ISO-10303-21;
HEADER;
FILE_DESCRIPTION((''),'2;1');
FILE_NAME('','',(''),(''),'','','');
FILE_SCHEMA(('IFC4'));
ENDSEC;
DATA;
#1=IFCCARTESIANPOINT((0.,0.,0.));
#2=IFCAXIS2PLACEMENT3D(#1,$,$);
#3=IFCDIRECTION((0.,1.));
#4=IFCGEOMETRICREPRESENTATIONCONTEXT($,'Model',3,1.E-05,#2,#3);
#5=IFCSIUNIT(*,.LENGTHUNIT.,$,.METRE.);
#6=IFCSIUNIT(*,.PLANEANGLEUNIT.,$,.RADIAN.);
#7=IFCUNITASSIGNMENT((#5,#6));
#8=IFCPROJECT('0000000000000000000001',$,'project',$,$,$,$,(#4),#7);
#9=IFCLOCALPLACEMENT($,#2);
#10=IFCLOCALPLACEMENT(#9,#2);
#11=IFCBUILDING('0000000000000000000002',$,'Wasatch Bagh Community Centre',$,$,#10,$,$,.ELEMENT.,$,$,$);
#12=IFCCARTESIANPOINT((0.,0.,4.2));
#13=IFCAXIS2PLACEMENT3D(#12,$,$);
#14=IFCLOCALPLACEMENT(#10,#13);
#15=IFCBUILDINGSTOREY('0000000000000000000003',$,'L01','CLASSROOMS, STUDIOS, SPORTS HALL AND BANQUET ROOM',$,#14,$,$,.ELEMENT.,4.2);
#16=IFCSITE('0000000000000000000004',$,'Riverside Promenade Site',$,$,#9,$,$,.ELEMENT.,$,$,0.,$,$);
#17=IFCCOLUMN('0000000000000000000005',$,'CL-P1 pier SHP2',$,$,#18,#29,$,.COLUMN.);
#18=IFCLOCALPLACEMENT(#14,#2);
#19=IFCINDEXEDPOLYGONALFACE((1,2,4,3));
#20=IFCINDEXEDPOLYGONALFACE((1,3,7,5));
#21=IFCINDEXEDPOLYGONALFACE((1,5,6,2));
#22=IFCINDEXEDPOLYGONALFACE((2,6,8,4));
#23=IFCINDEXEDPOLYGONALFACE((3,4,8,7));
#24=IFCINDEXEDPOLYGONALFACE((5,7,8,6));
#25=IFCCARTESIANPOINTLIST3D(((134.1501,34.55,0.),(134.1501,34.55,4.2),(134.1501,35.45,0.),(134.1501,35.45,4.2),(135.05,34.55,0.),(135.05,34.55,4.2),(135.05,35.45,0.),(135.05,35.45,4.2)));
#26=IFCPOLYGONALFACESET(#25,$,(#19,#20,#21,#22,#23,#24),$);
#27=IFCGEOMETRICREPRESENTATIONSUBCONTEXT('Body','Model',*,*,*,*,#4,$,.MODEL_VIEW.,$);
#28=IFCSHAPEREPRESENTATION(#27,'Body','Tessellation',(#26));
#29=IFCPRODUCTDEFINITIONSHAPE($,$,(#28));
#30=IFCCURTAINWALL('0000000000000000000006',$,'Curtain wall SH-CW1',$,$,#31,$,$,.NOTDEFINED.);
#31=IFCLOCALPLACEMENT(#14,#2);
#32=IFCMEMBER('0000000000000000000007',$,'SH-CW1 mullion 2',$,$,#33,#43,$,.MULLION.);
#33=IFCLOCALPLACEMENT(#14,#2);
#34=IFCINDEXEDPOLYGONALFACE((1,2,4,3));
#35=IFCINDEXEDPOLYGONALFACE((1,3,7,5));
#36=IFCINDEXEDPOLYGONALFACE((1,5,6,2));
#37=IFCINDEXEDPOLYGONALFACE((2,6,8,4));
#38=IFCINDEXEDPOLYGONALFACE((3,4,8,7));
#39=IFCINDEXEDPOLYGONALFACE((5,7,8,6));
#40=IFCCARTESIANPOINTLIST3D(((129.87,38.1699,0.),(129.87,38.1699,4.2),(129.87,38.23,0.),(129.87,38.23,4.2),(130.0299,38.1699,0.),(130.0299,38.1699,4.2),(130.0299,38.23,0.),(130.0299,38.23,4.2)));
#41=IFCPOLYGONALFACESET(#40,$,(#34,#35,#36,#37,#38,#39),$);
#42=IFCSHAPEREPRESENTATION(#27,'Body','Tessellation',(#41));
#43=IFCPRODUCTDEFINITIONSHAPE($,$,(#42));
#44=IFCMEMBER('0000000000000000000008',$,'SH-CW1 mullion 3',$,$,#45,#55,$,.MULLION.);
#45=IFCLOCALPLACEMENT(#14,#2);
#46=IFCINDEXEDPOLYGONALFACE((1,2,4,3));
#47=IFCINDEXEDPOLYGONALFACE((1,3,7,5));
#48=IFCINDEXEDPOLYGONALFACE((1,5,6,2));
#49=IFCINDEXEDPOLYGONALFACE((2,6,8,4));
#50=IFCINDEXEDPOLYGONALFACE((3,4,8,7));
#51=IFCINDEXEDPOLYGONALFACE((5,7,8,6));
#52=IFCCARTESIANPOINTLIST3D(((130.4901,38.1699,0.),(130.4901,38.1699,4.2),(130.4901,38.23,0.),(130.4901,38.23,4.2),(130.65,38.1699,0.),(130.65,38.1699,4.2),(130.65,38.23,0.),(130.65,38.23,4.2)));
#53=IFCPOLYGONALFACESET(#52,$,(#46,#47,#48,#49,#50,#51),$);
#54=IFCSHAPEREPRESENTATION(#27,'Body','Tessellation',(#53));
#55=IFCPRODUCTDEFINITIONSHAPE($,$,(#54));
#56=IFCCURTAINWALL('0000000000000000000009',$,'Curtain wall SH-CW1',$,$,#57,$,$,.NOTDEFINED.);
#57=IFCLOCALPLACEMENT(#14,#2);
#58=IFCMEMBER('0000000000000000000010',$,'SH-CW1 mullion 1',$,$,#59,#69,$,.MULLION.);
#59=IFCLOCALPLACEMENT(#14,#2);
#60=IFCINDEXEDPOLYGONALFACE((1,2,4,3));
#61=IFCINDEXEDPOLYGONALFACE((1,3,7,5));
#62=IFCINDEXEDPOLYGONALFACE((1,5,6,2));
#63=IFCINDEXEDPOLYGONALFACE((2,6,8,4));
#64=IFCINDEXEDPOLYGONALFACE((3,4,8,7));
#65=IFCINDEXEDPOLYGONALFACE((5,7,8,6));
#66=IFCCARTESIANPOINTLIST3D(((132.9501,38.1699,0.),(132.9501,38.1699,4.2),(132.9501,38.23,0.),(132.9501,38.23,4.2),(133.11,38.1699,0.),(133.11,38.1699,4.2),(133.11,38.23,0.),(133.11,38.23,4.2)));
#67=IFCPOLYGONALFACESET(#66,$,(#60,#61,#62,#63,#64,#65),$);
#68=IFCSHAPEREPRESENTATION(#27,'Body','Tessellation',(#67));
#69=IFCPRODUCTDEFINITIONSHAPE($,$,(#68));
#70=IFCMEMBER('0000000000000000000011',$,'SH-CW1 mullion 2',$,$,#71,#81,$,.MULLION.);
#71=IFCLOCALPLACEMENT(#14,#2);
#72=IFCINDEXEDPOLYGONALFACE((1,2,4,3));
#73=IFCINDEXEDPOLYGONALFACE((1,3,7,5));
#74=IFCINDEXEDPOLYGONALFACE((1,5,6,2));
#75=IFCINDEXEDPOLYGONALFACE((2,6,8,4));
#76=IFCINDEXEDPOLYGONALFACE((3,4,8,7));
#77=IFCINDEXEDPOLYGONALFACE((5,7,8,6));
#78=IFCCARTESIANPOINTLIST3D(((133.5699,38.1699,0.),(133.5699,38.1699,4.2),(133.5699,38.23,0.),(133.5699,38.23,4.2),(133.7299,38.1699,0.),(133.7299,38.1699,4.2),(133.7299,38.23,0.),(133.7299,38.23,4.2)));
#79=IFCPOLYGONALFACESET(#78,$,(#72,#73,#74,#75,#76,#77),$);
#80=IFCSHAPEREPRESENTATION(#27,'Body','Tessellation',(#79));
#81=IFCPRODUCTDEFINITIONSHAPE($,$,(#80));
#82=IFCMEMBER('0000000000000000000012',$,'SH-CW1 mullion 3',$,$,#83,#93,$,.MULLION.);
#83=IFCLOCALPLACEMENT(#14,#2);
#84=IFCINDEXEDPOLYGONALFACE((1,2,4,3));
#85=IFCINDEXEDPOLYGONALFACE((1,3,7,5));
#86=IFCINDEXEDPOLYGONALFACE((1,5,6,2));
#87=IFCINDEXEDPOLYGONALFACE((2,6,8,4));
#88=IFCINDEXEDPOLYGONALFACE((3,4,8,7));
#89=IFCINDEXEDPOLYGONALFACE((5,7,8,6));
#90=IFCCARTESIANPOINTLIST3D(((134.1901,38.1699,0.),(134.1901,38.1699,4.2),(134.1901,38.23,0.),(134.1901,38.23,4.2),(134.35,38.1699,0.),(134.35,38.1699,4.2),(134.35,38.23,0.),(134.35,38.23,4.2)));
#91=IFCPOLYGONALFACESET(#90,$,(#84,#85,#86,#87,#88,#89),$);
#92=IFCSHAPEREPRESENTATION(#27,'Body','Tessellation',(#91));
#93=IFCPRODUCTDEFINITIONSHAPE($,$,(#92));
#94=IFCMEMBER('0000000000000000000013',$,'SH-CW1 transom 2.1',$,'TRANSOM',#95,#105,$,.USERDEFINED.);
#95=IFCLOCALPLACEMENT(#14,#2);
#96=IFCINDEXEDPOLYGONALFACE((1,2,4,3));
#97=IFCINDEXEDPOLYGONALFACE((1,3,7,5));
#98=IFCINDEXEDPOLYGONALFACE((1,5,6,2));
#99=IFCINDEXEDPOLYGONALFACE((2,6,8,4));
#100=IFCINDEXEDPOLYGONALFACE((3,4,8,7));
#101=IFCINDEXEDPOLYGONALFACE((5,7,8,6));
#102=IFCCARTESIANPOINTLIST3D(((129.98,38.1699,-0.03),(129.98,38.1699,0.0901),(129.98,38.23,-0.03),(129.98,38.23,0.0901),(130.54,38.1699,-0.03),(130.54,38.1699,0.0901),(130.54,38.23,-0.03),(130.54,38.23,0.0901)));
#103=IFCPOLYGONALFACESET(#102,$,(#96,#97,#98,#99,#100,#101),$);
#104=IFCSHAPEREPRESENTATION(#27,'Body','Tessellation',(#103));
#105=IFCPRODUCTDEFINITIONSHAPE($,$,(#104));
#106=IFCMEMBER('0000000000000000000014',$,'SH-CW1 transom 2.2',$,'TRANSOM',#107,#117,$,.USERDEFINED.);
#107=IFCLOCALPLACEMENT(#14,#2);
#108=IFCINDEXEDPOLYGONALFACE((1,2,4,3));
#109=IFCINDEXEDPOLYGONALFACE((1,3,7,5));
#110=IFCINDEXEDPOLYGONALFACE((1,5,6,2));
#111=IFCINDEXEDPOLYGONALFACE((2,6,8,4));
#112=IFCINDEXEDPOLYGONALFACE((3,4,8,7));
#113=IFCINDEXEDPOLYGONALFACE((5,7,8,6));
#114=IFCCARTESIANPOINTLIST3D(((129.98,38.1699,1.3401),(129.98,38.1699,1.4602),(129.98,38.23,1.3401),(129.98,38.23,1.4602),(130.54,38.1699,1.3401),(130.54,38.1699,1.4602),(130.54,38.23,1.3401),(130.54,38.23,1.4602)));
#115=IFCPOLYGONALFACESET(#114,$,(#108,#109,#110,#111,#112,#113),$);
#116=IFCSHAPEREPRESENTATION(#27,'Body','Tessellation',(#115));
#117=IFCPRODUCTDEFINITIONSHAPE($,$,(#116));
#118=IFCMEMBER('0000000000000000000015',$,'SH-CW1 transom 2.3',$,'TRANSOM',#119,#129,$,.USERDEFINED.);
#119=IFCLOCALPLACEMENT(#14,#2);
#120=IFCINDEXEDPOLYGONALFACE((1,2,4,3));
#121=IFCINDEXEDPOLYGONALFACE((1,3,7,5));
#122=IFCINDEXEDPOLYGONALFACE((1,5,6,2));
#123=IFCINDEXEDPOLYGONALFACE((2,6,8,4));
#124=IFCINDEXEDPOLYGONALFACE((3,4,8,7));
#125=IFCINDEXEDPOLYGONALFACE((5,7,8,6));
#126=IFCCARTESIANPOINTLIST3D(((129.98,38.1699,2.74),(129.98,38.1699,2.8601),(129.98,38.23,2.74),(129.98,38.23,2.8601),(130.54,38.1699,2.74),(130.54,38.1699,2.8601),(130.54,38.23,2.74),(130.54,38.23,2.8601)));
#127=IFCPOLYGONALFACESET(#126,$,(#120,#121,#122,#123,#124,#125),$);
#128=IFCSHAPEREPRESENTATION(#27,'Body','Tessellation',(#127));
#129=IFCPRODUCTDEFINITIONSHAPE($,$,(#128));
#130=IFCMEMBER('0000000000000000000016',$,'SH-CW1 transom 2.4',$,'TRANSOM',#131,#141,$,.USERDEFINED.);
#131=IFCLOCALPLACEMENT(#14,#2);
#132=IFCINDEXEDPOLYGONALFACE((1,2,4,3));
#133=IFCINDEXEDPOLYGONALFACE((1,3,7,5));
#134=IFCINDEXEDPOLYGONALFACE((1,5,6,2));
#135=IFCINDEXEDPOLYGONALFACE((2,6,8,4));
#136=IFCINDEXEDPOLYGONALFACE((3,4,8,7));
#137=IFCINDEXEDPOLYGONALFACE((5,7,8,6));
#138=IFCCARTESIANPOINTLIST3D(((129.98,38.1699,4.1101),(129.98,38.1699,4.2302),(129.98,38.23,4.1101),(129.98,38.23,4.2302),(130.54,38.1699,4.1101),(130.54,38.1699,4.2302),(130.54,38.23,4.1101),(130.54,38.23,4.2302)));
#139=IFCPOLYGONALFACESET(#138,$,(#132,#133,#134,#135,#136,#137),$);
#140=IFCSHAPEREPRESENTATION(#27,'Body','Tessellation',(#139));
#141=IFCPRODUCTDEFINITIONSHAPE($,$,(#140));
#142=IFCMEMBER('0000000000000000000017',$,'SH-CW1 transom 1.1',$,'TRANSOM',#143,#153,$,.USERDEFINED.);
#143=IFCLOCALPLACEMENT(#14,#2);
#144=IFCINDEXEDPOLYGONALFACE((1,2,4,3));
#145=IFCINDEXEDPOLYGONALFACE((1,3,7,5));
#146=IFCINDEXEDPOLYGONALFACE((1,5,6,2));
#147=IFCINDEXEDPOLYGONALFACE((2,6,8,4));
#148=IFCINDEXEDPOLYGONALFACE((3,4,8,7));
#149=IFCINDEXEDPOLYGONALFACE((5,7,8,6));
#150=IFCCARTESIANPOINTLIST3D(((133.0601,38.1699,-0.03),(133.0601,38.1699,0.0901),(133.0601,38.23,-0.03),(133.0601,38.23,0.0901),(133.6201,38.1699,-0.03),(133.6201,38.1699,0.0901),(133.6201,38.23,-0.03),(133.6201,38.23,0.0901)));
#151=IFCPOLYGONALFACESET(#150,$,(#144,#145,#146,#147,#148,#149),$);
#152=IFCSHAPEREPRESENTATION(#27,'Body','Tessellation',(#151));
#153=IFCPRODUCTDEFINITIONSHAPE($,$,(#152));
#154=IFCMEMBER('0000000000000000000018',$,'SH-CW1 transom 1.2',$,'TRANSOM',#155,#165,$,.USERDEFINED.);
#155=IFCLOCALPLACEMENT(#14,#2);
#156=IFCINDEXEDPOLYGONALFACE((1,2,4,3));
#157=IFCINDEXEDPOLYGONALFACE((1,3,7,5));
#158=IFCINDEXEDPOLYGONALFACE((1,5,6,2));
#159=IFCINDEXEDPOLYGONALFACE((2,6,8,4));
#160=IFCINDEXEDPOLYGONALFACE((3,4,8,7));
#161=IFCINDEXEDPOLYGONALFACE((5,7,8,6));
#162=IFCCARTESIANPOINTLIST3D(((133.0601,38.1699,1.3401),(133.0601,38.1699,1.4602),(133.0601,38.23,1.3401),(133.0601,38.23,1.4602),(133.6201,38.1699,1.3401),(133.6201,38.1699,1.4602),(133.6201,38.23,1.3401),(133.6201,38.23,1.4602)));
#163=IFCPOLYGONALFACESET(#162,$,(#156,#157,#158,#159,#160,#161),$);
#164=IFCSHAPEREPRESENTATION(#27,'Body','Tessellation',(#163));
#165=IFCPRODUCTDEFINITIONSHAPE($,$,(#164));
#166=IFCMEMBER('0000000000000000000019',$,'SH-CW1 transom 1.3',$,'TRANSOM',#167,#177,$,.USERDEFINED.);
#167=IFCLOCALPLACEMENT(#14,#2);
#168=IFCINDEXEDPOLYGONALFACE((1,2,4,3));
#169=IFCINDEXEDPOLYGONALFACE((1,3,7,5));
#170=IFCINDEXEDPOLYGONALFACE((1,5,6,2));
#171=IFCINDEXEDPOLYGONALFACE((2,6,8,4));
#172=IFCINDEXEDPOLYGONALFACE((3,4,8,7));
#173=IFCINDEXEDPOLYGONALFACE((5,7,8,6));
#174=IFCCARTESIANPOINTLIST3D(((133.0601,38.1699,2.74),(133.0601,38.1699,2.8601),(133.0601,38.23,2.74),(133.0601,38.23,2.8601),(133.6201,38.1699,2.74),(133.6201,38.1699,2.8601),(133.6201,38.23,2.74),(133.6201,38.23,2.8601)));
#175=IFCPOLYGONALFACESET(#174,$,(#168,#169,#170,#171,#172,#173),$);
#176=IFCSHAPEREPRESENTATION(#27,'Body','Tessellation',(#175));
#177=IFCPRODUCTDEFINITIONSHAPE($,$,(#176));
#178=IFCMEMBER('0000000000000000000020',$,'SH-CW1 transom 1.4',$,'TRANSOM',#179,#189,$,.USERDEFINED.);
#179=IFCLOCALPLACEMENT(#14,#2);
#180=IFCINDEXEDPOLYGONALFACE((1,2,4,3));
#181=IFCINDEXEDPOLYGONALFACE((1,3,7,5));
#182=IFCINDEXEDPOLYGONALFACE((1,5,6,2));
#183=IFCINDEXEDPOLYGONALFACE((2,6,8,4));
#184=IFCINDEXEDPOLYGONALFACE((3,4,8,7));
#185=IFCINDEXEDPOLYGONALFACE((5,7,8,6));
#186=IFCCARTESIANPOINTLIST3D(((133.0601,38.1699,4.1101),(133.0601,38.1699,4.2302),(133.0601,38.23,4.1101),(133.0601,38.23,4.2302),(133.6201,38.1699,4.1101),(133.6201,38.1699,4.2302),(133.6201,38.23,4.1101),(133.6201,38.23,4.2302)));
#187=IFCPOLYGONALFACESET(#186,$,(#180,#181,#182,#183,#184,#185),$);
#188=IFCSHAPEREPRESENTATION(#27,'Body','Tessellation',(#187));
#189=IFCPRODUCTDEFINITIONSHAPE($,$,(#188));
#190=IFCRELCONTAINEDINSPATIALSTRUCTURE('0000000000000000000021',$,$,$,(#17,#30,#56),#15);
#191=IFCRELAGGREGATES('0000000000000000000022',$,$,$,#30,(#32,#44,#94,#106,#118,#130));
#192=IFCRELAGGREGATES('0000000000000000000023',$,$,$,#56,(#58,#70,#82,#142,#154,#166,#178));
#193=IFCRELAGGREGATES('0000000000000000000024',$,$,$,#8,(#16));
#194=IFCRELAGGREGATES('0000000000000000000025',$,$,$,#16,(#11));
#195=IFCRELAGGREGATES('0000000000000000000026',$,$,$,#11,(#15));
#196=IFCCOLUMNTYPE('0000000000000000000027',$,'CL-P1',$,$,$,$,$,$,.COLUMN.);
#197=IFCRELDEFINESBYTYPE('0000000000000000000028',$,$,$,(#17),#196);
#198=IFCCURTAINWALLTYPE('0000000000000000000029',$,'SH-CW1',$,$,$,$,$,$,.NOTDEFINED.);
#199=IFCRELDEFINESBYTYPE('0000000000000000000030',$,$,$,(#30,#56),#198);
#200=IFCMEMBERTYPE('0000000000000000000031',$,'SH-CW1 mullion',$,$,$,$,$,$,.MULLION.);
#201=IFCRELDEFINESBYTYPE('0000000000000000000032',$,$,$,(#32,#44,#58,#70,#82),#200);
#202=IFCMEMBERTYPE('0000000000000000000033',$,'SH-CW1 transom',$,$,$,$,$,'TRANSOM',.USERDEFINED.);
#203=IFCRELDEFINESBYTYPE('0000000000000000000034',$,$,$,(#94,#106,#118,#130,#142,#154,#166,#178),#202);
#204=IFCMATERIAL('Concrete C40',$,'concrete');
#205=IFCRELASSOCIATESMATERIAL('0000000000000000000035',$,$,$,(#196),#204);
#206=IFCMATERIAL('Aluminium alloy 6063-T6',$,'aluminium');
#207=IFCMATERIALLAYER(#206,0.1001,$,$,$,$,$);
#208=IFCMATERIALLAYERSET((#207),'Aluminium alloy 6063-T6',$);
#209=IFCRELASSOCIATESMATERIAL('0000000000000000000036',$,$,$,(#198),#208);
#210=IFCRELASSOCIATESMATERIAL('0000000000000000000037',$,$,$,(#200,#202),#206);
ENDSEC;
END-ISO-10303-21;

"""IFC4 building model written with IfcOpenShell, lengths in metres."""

from ifc_helpers import new_model, si_unit, direction, frame, origin, origin_2d, place, context, subcontext, project, spatial, rectangle, extrude, material, layer, layer_set, material_profile, profile_set, type_object, element, aggregate, save


model = new_model("IFC4")

# Units and contexts
model_context = context("Model", 3, precision=1e-05, world=origin(), true_north=direction((0.0, 1.0)))
body_context = subcontext(model_context, "Body", "Model", "MODEL_VIEW")
ifc_project = project(units=[si_unit("LENGTHUNIT", "METRE"), si_unit("PLANEANGLEUNIT", "RADIAN")], contexts=[model_context])

# Site, building, storey
site_placement = place(None, origin())
site = spatial("IfcSite", under=ifc_project, at=site_placement, Name="Riverside Promenade Site", CompositionType="ELEMENT", RefElevation=0.0)
building_placement = place(site_placement, origin())
building = spatial("IfcBuilding", under=site, at=building_placement, Name="Wasatch Bagh Community Centre", CompositionType="ELEMENT")
storey_placement = place(building_placement, frame((0.0, 0.0, 4.2)))
storey = spatial("IfcBuildingStorey", under=building, at=storey_placement, Name="L01", Description="CLASSROOMS, STUDIOS, SPORTS HALL AND BANQUET ROOM", CompositionType="ELEMENT", Elevation=4.2)

# Column
ifc_material_1 = material(Name="Concrete C40", Category="concrete")
ifc_material_profile_1 = material_profile(ifc_material_1, rectangle(XDim=0.8999, YDim=0.8999, at=origin_2d()), Name="RC 900x900")
ifc_profile_set_1 = profile_set([ifc_material_profile_1], Name="Concrete C40")
column_type = type_object("IfcColumnType", Name="CL-P1", PredefinedType="COLUMN", material=ifc_profile_set_1)
column_placement = place(storey_placement, frame((134.6001, 35.0, 0.0), z_axis=(0.0, 0.0, 1.0), x_axis=(1.0, 0.0, 0.0)))
element("IfcColumn", 1, at=column_placement, inside=storey, type_object=column_type, Name="CL-P1 pier SHP2", PredefinedType="COLUMN", context=body_context, shape_type="SweptSolid", body=[
    extrude(rectangle(XDim=0.8999, YDim=0.8999, at=origin_2d()), origin(), (0.0, 0.0, 1.0), 4.2),
])

# Curtain walls, members
ifc_material_2 = material(Name="Aluminium alloy 6063-T6", Category="aluminium")
ifc_layer_1 = layer(ifc_material_2, 0.1001)
ifc_layer_set_1 = layer_set([ifc_layer_1], Name="Aluminium alloy 6063-T6")
curtain_wall_type = type_object("IfcCurtainWallType", Name="SH-CW1", PredefinedType="NOTDEFINED", material=ifc_layer_set_1)
curtain_wall_1_placement = place(storey_placement, origin())
curtain_wall_1 = element("IfcCurtainWall", 2, at=curtain_wall_1_placement, inside=storey, type_object=curtain_wall_type, Name="Curtain wall SH-CW1", PredefinedType="NOTDEFINED")
ifc_material_profile_2 = material_profile(ifc_material_2, rectangle(XDim=0.0601, YDim=0.1599, at=origin_2d()), Name="AL 60x160")
ifc_profile_set_2 = profile_set([ifc_material_profile_2], Name="Aluminium alloy 6063-T6")
member_type_1 = type_object("IfcMemberType", Name="SH-CW1 mullion", PredefinedType="MULLION", material=ifc_profile_set_2)
member_1_placement = place(storey_placement, frame((129.95, 38.2, 0.0), z_axis=(0.0, 0.0, 1.0), x_axis=(0.0, 1.0, 0.0)))
member_1 = element("IfcMember", 3, at=member_1_placement, type_object=member_type_1, Name="SH-CW1 mullion 2", PredefinedType="MULLION", context=body_context, shape_type="SweptSolid", body=[
    extrude(rectangle(XDim=0.0601, YDim=0.1599, at=origin_2d()), origin(), (0.0, 0.0, 1.0), 4.2),
])
member_2_placement = place(storey_placement, frame((130.5701, 38.2, 0.0), z_axis=(0.0, 0.0, 1.0), x_axis=(0.0, 1.0, 0.0)))
member_2 = element("IfcMember", 4, at=member_2_placement, type_object=member_type_1, Name="SH-CW1 mullion 3", PredefinedType="MULLION", context=body_context, shape_type="SweptSolid", body=[
    extrude(rectangle(XDim=0.0601, YDim=0.1599, at=origin_2d()), origin(), (0.0, 0.0, 1.0), 4.2),
])
curtain_wall_2_placement = place(storey_placement, origin())
curtain_wall_2 = element("IfcCurtainWall", 5, at=curtain_wall_2_placement, inside=storey, type_object=curtain_wall_type, Name="Curtain wall SH-CW1", PredefinedType="NOTDEFINED")
member_3_placement = place(storey_placement, frame((133.03, 38.2, 0.0), z_axis=(0.0, 0.0, 1.0), x_axis=(0.0, 1.0, 0.0)))
member_3 = element("IfcMember", 6, at=member_3_placement, type_object=member_type_1, Name="SH-CW1 mullion 1", PredefinedType="MULLION", context=body_context, shape_type="SweptSolid", body=[
    extrude(rectangle(XDim=0.0601, YDim=0.1599, at=origin_2d()), origin(), (0.0, 0.0, 1.0), 4.2),
])
member_4_placement = place(storey_placement, frame((133.6499, 38.2, 0.0), z_axis=(0.0, 0.0, 1.0), x_axis=(0.0, 1.0, 0.0)))
member_4 = element("IfcMember", 7, at=member_4_placement, type_object=member_type_1, Name="SH-CW1 mullion 2", PredefinedType="MULLION", context=body_context, shape_type="SweptSolid", body=[
    extrude(rectangle(XDim=0.0601, YDim=0.1599, at=origin_2d()), origin(), (0.0, 0.0, 1.0), 4.2),
])
member_5_placement = place(storey_placement, frame((134.27, 38.2, 0.0), z_axis=(0.0, 0.0, 1.0), x_axis=(0.0, 1.0, 0.0)))
member_5 = element("IfcMember", 8, at=member_5_placement, type_object=member_type_1, Name="SH-CW1 mullion 3", PredefinedType="MULLION", context=body_context, shape_type="SweptSolid", body=[
    extrude(rectangle(XDim=0.0601, YDim=0.1599, at=origin_2d()), origin(), (0.0, 0.0, 1.0), 4.2),
])

# Members
ifc_material_profile_3 = material_profile(ifc_material_2, rectangle(XDim=0.0601, YDim=0.1201, at=origin_2d()), Name="AL 60x120")
ifc_profile_set_3 = profile_set([ifc_material_profile_3], Name="Aluminium alloy 6063-T6")
member_type_2 = type_object("IfcMemberType", Name="SH-CW1 transom", ElementType="TRANSOM", PredefinedType="USERDEFINED", material=ifc_profile_set_3)
member_6_placement = place(storey_placement, frame((129.98, 38.2, 0.03), z_axis=(1.0, 0.0, 0.0), x_axis=(0.0, 1.0, 0.0)))
member_6 = element("IfcMember", 9, at=member_6_placement, type_object=member_type_2, Name="SH-CW1 transom 2.1", ObjectType="TRANSOM", PredefinedType="USERDEFINED", context=body_context, shape_type="SweptSolid", body=[
    extrude(rectangle(XDim=0.0601, YDim=0.1201, at=origin_2d()), origin(), (0.0, 0.0, 1.0), 0.5601),
])
member_7_placement = place(storey_placement, frame((129.98, 38.2, 1.4001), z_axis=(1.0, 0.0, 0.0), x_axis=(0.0, 1.0, 0.0)))
member_7 = element("IfcMember", 10, at=member_7_placement, type_object=member_type_2, Name="SH-CW1 transom 2.2", ObjectType="TRANSOM", PredefinedType="USERDEFINED", context=body_context, shape_type="SweptSolid", body=[
    extrude(rectangle(XDim=0.0601, YDim=0.1201, at=origin_2d()), origin(), (0.0, 0.0, 1.0), 0.5601),
])
member_8_placement = place(storey_placement, frame((129.98, 38.2, 2.8), z_axis=(1.0, 0.0, 0.0), x_axis=(0.0, 1.0, 0.0)))
member_8 = element("IfcMember", 11, at=member_8_placement, type_object=member_type_2, Name="SH-CW1 transom 2.3", ObjectType="TRANSOM", PredefinedType="USERDEFINED", context=body_context, shape_type="SweptSolid", body=[
    extrude(rectangle(XDim=0.0601, YDim=0.1201, at=origin_2d()), origin(), (0.0, 0.0, 1.0), 0.5601),
])
member_9_placement = place(storey_placement, frame((129.98, 38.2, 4.1702), z_axis=(1.0, 0.0, 0.0), x_axis=(0.0, 1.0, 0.0)))
member_9 = element("IfcMember", 12, at=member_9_placement, type_object=member_type_2, Name="SH-CW1 transom 2.4", ObjectType="TRANSOM", PredefinedType="USERDEFINED", context=body_context, shape_type="SweptSolid", body=[
    extrude(rectangle(XDim=0.0601, YDim=0.1201, at=origin_2d()), origin(), (0.0, 0.0, 1.0), 0.5601),
])
member_10_placement = place(storey_placement, frame((133.0601, 38.2, 0.03), z_axis=(1.0, 0.0, 0.0), x_axis=(0.0, 1.0, 0.0)))
member_10 = element("IfcMember", 13, at=member_10_placement, type_object=member_type_2, Name="SH-CW1 transom 1.1", ObjectType="TRANSOM", PredefinedType="USERDEFINED", context=body_context, shape_type="SweptSolid", body=[
    extrude(rectangle(XDim=0.0601, YDim=0.1201, at=origin_2d()), origin(), (0.0, 0.0, 1.0), 0.5601),
])
member_11_placement = place(storey_placement, frame((133.0601, 38.2, 1.4001), z_axis=(1.0, 0.0, 0.0), x_axis=(0.0, 1.0, 0.0)))
member_11 = element("IfcMember", 14, at=member_11_placement, type_object=member_type_2, Name="SH-CW1 transom 1.2", ObjectType="TRANSOM", PredefinedType="USERDEFINED", context=body_context, shape_type="SweptSolid", body=[
    extrude(rectangle(XDim=0.0601, YDim=0.1201, at=origin_2d()), origin(), (0.0, 0.0, 1.0), 0.5601),
])
member_12_placement = place(storey_placement, frame((133.0601, 38.2, 2.8), z_axis=(1.0, 0.0, 0.0), x_axis=(0.0, 1.0, 0.0)))
member_12 = element("IfcMember", 15, at=member_12_placement, type_object=member_type_2, Name="SH-CW1 transom 1.3", ObjectType="TRANSOM", PredefinedType="USERDEFINED", context=body_context, shape_type="SweptSolid", body=[
    extrude(rectangle(XDim=0.0601, YDim=0.1201, at=origin_2d()), origin(), (0.0, 0.0, 1.0), 0.5601),
])
member_13_placement = place(storey_placement, frame((133.0601, 38.2, 4.1702), z_axis=(1.0, 0.0, 0.0), x_axis=(0.0, 1.0, 0.0)))
member_13 = element("IfcMember", 16, at=member_13_placement, type_object=member_type_2, Name="SH-CW1 transom 1.4", ObjectType="TRANSOM", PredefinedType="USERDEFINED", context=body_context, shape_type="SweptSolid", body=[
    extrude(rectangle(XDim=0.0601, YDim=0.1201, at=origin_2d()), origin(), (0.0, 0.0, 1.0), 0.5601),
])

aggregate(curtain_wall_1, [member_1, member_2, member_6, member_7, member_8, member_9])
aggregate(curtain_wall_2, [member_3, member_4, member_5, member_10, member_11, member_12, member_13])

save(model, "model.ifc")
